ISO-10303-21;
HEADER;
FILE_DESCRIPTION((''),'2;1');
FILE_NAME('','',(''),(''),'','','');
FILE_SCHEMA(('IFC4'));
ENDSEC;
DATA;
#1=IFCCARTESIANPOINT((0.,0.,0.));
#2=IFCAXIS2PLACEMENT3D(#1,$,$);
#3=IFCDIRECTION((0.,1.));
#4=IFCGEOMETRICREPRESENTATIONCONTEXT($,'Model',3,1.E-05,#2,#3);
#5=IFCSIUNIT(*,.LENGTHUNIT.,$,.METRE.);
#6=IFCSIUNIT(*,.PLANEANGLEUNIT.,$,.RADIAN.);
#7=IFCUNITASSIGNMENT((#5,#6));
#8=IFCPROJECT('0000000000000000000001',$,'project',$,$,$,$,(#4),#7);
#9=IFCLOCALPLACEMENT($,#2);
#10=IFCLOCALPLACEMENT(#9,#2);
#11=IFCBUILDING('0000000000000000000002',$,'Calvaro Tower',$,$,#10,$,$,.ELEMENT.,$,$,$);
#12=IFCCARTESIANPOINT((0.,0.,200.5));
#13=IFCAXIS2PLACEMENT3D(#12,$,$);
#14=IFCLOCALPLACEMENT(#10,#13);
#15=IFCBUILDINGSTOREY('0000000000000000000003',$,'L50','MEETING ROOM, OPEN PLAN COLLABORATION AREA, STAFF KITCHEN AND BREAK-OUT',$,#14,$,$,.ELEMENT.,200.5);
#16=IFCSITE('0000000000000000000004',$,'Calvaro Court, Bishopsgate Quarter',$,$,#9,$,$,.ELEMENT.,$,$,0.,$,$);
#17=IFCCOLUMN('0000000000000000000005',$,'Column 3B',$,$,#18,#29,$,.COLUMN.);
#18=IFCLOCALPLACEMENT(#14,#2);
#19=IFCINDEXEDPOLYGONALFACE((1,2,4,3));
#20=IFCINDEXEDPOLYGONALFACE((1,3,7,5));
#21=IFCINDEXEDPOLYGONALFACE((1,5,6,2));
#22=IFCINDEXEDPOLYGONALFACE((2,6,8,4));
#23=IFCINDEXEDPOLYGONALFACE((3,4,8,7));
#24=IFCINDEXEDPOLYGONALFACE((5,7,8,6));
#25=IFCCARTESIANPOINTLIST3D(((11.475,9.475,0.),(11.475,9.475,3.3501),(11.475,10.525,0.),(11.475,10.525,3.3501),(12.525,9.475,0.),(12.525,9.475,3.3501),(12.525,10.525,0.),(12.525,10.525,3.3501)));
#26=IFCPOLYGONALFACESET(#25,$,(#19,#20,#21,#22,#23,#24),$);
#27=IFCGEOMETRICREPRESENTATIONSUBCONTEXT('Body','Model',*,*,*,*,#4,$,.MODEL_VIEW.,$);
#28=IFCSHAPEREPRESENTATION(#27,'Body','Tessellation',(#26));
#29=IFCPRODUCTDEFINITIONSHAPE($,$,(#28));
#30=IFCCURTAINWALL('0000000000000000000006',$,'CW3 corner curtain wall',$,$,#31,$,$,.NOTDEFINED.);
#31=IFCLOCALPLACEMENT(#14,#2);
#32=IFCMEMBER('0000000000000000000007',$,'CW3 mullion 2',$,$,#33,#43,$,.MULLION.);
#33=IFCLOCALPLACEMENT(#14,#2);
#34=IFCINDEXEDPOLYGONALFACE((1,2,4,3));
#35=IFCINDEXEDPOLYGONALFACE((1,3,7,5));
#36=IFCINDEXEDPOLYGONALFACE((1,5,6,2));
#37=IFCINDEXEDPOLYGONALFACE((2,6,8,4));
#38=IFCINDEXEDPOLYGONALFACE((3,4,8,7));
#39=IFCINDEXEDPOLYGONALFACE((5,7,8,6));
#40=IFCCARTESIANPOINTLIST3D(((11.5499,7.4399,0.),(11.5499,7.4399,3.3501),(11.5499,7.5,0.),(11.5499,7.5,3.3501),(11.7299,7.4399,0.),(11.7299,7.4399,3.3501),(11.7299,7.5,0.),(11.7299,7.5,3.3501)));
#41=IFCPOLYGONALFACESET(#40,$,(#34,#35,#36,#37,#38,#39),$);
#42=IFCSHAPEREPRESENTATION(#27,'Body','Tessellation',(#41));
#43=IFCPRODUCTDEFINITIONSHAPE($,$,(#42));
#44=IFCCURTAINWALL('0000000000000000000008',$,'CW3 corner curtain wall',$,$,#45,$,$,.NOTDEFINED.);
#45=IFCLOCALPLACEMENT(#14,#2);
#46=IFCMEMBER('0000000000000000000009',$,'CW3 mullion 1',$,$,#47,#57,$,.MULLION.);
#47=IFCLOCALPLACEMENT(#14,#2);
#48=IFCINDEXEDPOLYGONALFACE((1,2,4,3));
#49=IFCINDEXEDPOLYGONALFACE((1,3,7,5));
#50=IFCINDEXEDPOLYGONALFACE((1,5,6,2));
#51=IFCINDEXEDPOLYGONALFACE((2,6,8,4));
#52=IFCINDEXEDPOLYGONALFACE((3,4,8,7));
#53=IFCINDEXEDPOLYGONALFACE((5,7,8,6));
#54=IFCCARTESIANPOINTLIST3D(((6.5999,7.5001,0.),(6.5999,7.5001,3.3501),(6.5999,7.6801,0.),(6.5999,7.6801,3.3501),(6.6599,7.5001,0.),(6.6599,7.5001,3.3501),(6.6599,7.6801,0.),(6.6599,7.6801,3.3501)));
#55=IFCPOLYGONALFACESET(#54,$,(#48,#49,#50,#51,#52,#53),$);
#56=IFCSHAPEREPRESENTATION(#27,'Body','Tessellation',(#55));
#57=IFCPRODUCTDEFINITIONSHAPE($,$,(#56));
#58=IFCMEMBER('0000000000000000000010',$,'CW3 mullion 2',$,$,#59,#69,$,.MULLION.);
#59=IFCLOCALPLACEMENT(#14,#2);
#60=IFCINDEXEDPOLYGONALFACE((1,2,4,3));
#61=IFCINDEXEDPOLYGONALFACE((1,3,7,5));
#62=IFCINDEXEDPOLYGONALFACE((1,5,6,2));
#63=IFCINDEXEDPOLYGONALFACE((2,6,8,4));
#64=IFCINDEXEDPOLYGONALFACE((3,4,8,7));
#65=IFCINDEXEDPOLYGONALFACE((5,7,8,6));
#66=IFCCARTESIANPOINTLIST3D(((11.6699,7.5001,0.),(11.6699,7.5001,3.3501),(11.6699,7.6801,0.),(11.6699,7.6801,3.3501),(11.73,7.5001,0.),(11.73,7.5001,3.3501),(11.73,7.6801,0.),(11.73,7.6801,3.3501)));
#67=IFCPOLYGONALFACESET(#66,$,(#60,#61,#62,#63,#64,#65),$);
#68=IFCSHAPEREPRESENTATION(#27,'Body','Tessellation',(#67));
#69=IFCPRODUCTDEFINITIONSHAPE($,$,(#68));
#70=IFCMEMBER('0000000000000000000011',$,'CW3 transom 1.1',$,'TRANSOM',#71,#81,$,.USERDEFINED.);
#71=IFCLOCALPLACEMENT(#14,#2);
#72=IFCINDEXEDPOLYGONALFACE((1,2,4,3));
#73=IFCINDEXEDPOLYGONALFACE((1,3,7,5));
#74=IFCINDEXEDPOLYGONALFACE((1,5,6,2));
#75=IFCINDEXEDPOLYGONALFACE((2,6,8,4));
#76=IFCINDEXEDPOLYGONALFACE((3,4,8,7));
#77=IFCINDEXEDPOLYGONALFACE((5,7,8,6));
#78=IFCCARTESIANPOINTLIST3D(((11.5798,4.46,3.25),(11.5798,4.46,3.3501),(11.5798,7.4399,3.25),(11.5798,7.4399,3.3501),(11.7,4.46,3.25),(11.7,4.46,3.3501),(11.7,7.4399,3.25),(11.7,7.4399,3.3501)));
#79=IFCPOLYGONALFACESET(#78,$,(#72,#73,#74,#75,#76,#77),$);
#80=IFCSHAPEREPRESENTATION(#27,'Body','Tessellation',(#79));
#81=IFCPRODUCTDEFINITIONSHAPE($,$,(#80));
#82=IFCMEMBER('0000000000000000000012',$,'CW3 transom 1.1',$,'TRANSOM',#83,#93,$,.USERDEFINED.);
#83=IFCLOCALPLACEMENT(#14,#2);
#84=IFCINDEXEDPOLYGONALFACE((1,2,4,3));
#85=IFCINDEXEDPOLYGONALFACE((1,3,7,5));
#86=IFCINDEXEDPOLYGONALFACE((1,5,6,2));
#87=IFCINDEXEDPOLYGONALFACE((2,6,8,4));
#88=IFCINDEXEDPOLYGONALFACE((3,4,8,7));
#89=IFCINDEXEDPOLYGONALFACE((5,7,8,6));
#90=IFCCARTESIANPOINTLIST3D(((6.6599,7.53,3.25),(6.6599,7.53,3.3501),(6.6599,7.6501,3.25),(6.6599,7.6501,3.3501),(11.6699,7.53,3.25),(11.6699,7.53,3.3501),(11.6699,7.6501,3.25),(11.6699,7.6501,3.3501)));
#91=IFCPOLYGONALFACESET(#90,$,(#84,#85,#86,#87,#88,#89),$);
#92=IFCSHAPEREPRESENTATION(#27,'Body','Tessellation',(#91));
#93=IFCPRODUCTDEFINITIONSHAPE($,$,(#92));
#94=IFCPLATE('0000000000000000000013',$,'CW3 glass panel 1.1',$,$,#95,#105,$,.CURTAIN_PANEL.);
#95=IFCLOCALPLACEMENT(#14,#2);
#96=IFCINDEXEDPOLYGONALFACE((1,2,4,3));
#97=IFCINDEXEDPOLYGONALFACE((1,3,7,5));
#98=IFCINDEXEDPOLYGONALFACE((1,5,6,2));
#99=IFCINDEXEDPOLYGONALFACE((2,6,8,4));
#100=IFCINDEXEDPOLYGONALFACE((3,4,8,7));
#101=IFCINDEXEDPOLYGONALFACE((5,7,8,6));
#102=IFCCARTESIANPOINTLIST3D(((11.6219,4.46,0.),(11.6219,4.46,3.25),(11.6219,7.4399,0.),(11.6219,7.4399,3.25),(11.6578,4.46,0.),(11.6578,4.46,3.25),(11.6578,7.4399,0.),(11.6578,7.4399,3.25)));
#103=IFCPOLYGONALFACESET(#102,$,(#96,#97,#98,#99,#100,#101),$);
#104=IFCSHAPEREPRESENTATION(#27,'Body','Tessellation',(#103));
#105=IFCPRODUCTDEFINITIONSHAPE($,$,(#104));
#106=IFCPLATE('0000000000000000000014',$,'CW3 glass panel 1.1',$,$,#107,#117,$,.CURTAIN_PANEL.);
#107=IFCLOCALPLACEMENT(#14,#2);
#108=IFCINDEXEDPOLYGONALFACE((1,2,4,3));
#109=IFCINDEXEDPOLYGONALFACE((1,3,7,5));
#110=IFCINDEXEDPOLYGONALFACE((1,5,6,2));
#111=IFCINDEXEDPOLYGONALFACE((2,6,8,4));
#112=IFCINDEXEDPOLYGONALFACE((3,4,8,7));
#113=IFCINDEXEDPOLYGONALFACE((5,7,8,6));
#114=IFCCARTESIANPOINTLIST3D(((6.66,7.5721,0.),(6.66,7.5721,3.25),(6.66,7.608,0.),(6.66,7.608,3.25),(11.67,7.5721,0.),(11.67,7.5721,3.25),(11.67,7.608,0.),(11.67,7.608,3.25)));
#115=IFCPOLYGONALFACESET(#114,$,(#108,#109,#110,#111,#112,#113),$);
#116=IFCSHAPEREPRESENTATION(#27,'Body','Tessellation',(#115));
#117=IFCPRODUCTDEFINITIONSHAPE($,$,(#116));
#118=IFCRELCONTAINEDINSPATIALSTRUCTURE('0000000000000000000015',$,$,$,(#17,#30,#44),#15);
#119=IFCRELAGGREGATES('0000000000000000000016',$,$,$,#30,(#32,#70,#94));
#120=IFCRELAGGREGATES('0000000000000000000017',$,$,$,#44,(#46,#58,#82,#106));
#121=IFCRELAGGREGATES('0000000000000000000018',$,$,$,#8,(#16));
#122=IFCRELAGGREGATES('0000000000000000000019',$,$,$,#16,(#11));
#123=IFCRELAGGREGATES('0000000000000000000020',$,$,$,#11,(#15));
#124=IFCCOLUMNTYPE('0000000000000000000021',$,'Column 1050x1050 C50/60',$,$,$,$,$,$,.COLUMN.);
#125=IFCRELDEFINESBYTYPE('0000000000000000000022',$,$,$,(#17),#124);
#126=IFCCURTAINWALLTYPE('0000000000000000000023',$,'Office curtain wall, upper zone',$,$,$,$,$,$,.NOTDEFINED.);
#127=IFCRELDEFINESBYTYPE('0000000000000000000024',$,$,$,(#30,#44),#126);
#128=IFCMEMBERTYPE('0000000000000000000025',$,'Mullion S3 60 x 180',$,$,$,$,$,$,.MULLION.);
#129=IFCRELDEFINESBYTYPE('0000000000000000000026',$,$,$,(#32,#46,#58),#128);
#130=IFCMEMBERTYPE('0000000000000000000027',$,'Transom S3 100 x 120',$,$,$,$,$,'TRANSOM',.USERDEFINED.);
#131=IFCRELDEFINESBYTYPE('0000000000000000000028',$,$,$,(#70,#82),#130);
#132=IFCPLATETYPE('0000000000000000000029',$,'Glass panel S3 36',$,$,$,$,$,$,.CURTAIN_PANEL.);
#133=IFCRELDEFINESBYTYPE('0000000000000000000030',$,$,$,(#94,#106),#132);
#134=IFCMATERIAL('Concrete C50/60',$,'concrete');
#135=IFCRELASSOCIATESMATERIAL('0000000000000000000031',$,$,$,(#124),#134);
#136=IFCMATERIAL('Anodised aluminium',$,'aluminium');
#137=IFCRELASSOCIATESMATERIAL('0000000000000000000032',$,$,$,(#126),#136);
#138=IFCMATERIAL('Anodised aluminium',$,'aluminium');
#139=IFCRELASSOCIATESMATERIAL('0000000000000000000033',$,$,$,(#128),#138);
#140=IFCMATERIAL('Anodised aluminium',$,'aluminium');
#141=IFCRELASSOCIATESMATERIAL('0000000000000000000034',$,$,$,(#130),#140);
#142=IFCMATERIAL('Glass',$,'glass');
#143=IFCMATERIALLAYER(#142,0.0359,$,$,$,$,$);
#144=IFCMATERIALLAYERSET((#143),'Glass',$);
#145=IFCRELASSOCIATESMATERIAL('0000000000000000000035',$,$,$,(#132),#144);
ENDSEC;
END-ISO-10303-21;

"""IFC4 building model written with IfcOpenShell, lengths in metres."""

from ifc_helpers import new_model, si_unit, direction, frame, origin, origin_2d, place, context, subcontext, project, spatial, rectangle, extrude, material, layer, layer_set, material_profile, profile_set, type_object, element, aggregate, save


model = new_model("IFC4")

# Units and contexts
model_context = context("Model", 3, precision=1e-05, world=origin(), true_north=direction((0.0, 1.0)))
body_context = subcontext(model_context, "Body", "Model", "MODEL_VIEW")
ifc_project = project(units=[si_unit("LENGTHUNIT", "METRE"), si_unit("PLANEANGLEUNIT", "RADIAN")], contexts=[model_context])

# Site, building, storey
site_placement = place(None, origin())
site = spatial("IfcSite", under=ifc_project, at=site_placement, Name="Calvaro Court, Bishopsgate Quarter", CompositionType="ELEMENT", RefElevation=0.0)
building_placement = place(site_placement, origin())
building = spatial("IfcBuilding", under=site, at=building_placement, Name="Calvaro Tower", CompositionType="ELEMENT")
storey_placement = place(building_placement, frame((0.0, 0.0, 200.5)))
storey = spatial("IfcBuildingStorey", under=building, at=storey_placement, Name="L50", Description="MEETING ROOM, OPEN PLAN COLLABORATION AREA, STAFF KITCHEN AND BREAK-OUT", CompositionType="ELEMENT", Elevation=200.5)

# Column
ifc_material_1 = material(Name="Concrete C50/60", Category="concrete")
ifc_material_profile_1 = material_profile(ifc_material_1, rectangle(XDim=1.05, YDim=1.05, at=origin_2d()), Name="RC 1050x1050")
ifc_profile_set_1 = profile_set([ifc_material_profile_1], Name="Concrete C50/60")
column_type = type_object("IfcColumnType", Name="Column 1050x1050 C50/60", PredefinedType="COLUMN", material=ifc_profile_set_1)
column_placement = place(storey_placement, frame((12.0, 10.0, 0.0), z_axis=(0.0, 0.0, 1.0), x_axis=(1.0, 0.0, 0.0)))
element("IfcColumn", 1, at=column_placement, inside=storey, type_object=column_type, Name="Column 3B", PredefinedType="COLUMN", context=body_context, shape_type="SweptSolid", body=[
    extrude(rectangle(XDim=1.05, YDim=1.05, at=origin_2d()), origin(), (0.0, 0.0, 1.0), 3.3501),
])

# Curtain wall, member
ifc_material_2 = material(Name="Anodised aluminium", Category="aluminium")
curtain_wall_type = type_object("IfcCurtainWallType", Name="Office curtain wall, upper zone", PredefinedType="NOTDEFINED", material=ifc_material_2)
curtain_wall_1_placement = place(storey_placement, origin())
curtain_wall_1 = element("IfcCurtainWall", 2, at=curtain_wall_1_placement, inside=storey, type_object=curtain_wall_type, Name="CW3 corner curtain wall", PredefinedType="NOTDEFINED")
ifc_material_3 = material(Name="Anodised aluminium", Category="aluminium")
ifc_material_profile_2 = material_profile(ifc_material_3, rectangle(XDim=0.1799, YDim=0.0601, at=origin_2d()), Name="Mullion S3 60 x 180")
ifc_profile_set_2 = profile_set([ifc_material_profile_2], Name="Anodised aluminium")
member_type_1 = type_object("IfcMemberType", Name="Mullion S3 60 x 180", PredefinedType="MULLION", material=ifc_profile_set_2)
member_1_placement = place(storey_placement, frame((11.6399, 7.47, 0.0), z_axis=(0.0, 0.0, 1.0), x_axis=(-1.0, 0.0, 0.0)))
member_1 = element("IfcMember", 3, at=member_1_placement, type_object=member_type_1, Name="CW3 mullion 2", PredefinedType="MULLION", context=body_context, shape_type="SweptSolid", body=[
    extrude(rectangle(XDim=0.1799, YDim=0.0601, at=origin_2d()), origin(), (0.0, 0.0, 1.0), 3.3501),
])

# Curtain wall, members
curtain_wall_2_placement = place(storey_placement, origin())
curtain_wall_2 = element("IfcCurtainWall", 4, at=curtain_wall_2_placement, inside=storey, type_object=curtain_wall_type, Name="CW3 corner curtain wall", PredefinedType="NOTDEFINED")
member_2_placement = place(storey_placement, frame((6.6299, 7.5901, 0.0), z_axis=(0.0, 0.0, 1.0), x_axis=(0.0, 1.0, 0.0)))
member_2 = element("IfcMember", 5, at=member_2_placement, type_object=member_type_1, Name="CW3 mullion 1", PredefinedType="MULLION", context=body_context, shape_type="SweptSolid", body=[
    extrude(rectangle(XDim=0.1799, YDim=0.0601, at=origin_2d()), origin(), (0.0, 0.0, 1.0), 3.3501),
])
member_3_placement = place(storey_placement, frame((11.7, 7.5901, 0.0), z_axis=(0.0, 0.0, 1.0), x_axis=(0.0, 1.0, 0.0)))
member_3 = element("IfcMember", 6, at=member_3_placement, type_object=member_type_1, Name="CW3 mullion 2", PredefinedType="MULLION", context=body_context, shape_type="SweptSolid", body=[
    extrude(rectangle(XDim=0.1799, YDim=0.0601, at=origin_2d()), origin(), (0.0, 0.0, 1.0), 3.3501),
])

# Members
ifc_material_4 = material(Name="Anodised aluminium", Category="aluminium")
ifc_material_profile_3 = material_profile(ifc_material_4, rectangle(XDim=0.1201, YDim=0.1001, at=origin_2d()), Name="Transom S3 100 x 120")
ifc_profile_set_3 = profile_set([ifc_material_profile_3], Name="Anodised aluminium")
member_type_2 = type_object("IfcMemberType", Name="Transom S3 100 x 120", ElementType="TRANSOM", PredefinedType="USERDEFINED", material=ifc_profile_set_3)
member_4_placement = place(storey_placement, frame((11.6399, 4.46, 3.3), z_axis=(0.0, 1.0, 0.0), x_axis=(-1.0, 0.0, 0.0)))
member_4 = element("IfcMember", 7, at=member_4_placement, type_object=member_type_2, Name="CW3 transom 1.1", ObjectType="TRANSOM", PredefinedType="USERDEFINED", context=body_context, shape_type="SweptSolid", body=[
    extrude(rectangle(XDim=0.1201, YDim=0.1001, at=origin_2d()), origin(), (0.0, 0.0, 1.0), 2.98),
])
member_5_placement = place(storey_placement, frame((6.6599, 7.5901, 3.3), z_axis=(1.0, 0.0, 0.0), x_axis=(0.0, 1.0, 0.0)))
member_5 = element("IfcMember", 8, at=member_5_placement, type_object=member_type_2, Name="CW3 transom 1.1", ObjectType="TRANSOM", PredefinedType="USERDEFINED", context=body_context, shape_type="SweptSolid", body=[
    extrude(rectangle(XDim=0.1201, YDim=0.1001, at=origin_2d()), origin(), (0.0, 0.0, 1.0), 5.01),
])

# Plates
ifc_material_5 = material(Name="Glass", Category="glass")
ifc_layer_1 = layer(ifc_material_5, 0.0359)
ifc_layer_set_1 = layer_set([ifc_layer_1], Name="Glass")
plate_type = type_object("IfcPlateType", Name="Glass panel S3 36", PredefinedType="CURTAIN_PANEL", material=ifc_layer_set_1)
plate_1_placement = place(storey_placement, frame((11.6399, 5.95, 0.0), z_axis=(0.0, 0.0, 1.0), x_axis=(0.0, 1.0, 0.0)))
plate_1 = element("IfcPlate", 9, at=plate_1_placement, type_object=plate_type, Name="CW3 glass panel 1.1", PredefinedType="CURTAIN_PANEL", context=body_context, shape_type="SweptSolid", body=[
    extrude(rectangle(XDim=2.98, YDim=0.0359, at=origin_2d()), origin(), (0.0, 0.0, 1.0), 3.25),
])
aggregate(curtain_wall_1, [member_1, member_4, plate_1])
plate_2_placement = place(storey_placement, frame((9.165, 7.5901, 0.0), z_axis=(0.0, 0.0, 1.0), x_axis=(1.0, 0.0, 0.0)))
plate_2 = element("IfcPlate", 10, at=plate_2_placement, type_object=plate_type, Name="CW3 glass panel 1.1", PredefinedType="CURTAIN_PANEL", context=body_context, shape_type="SweptSolid", body=[
    extrude(rectangle(XDim=5.01, YDim=0.0359, at=origin_2d()), origin(), (0.0, 0.0, 1.0), 3.25),
])
aggregate(curtain_wall_2, [member_2, member_3, member_5, plate_2])

save(model, "model.ifc")
